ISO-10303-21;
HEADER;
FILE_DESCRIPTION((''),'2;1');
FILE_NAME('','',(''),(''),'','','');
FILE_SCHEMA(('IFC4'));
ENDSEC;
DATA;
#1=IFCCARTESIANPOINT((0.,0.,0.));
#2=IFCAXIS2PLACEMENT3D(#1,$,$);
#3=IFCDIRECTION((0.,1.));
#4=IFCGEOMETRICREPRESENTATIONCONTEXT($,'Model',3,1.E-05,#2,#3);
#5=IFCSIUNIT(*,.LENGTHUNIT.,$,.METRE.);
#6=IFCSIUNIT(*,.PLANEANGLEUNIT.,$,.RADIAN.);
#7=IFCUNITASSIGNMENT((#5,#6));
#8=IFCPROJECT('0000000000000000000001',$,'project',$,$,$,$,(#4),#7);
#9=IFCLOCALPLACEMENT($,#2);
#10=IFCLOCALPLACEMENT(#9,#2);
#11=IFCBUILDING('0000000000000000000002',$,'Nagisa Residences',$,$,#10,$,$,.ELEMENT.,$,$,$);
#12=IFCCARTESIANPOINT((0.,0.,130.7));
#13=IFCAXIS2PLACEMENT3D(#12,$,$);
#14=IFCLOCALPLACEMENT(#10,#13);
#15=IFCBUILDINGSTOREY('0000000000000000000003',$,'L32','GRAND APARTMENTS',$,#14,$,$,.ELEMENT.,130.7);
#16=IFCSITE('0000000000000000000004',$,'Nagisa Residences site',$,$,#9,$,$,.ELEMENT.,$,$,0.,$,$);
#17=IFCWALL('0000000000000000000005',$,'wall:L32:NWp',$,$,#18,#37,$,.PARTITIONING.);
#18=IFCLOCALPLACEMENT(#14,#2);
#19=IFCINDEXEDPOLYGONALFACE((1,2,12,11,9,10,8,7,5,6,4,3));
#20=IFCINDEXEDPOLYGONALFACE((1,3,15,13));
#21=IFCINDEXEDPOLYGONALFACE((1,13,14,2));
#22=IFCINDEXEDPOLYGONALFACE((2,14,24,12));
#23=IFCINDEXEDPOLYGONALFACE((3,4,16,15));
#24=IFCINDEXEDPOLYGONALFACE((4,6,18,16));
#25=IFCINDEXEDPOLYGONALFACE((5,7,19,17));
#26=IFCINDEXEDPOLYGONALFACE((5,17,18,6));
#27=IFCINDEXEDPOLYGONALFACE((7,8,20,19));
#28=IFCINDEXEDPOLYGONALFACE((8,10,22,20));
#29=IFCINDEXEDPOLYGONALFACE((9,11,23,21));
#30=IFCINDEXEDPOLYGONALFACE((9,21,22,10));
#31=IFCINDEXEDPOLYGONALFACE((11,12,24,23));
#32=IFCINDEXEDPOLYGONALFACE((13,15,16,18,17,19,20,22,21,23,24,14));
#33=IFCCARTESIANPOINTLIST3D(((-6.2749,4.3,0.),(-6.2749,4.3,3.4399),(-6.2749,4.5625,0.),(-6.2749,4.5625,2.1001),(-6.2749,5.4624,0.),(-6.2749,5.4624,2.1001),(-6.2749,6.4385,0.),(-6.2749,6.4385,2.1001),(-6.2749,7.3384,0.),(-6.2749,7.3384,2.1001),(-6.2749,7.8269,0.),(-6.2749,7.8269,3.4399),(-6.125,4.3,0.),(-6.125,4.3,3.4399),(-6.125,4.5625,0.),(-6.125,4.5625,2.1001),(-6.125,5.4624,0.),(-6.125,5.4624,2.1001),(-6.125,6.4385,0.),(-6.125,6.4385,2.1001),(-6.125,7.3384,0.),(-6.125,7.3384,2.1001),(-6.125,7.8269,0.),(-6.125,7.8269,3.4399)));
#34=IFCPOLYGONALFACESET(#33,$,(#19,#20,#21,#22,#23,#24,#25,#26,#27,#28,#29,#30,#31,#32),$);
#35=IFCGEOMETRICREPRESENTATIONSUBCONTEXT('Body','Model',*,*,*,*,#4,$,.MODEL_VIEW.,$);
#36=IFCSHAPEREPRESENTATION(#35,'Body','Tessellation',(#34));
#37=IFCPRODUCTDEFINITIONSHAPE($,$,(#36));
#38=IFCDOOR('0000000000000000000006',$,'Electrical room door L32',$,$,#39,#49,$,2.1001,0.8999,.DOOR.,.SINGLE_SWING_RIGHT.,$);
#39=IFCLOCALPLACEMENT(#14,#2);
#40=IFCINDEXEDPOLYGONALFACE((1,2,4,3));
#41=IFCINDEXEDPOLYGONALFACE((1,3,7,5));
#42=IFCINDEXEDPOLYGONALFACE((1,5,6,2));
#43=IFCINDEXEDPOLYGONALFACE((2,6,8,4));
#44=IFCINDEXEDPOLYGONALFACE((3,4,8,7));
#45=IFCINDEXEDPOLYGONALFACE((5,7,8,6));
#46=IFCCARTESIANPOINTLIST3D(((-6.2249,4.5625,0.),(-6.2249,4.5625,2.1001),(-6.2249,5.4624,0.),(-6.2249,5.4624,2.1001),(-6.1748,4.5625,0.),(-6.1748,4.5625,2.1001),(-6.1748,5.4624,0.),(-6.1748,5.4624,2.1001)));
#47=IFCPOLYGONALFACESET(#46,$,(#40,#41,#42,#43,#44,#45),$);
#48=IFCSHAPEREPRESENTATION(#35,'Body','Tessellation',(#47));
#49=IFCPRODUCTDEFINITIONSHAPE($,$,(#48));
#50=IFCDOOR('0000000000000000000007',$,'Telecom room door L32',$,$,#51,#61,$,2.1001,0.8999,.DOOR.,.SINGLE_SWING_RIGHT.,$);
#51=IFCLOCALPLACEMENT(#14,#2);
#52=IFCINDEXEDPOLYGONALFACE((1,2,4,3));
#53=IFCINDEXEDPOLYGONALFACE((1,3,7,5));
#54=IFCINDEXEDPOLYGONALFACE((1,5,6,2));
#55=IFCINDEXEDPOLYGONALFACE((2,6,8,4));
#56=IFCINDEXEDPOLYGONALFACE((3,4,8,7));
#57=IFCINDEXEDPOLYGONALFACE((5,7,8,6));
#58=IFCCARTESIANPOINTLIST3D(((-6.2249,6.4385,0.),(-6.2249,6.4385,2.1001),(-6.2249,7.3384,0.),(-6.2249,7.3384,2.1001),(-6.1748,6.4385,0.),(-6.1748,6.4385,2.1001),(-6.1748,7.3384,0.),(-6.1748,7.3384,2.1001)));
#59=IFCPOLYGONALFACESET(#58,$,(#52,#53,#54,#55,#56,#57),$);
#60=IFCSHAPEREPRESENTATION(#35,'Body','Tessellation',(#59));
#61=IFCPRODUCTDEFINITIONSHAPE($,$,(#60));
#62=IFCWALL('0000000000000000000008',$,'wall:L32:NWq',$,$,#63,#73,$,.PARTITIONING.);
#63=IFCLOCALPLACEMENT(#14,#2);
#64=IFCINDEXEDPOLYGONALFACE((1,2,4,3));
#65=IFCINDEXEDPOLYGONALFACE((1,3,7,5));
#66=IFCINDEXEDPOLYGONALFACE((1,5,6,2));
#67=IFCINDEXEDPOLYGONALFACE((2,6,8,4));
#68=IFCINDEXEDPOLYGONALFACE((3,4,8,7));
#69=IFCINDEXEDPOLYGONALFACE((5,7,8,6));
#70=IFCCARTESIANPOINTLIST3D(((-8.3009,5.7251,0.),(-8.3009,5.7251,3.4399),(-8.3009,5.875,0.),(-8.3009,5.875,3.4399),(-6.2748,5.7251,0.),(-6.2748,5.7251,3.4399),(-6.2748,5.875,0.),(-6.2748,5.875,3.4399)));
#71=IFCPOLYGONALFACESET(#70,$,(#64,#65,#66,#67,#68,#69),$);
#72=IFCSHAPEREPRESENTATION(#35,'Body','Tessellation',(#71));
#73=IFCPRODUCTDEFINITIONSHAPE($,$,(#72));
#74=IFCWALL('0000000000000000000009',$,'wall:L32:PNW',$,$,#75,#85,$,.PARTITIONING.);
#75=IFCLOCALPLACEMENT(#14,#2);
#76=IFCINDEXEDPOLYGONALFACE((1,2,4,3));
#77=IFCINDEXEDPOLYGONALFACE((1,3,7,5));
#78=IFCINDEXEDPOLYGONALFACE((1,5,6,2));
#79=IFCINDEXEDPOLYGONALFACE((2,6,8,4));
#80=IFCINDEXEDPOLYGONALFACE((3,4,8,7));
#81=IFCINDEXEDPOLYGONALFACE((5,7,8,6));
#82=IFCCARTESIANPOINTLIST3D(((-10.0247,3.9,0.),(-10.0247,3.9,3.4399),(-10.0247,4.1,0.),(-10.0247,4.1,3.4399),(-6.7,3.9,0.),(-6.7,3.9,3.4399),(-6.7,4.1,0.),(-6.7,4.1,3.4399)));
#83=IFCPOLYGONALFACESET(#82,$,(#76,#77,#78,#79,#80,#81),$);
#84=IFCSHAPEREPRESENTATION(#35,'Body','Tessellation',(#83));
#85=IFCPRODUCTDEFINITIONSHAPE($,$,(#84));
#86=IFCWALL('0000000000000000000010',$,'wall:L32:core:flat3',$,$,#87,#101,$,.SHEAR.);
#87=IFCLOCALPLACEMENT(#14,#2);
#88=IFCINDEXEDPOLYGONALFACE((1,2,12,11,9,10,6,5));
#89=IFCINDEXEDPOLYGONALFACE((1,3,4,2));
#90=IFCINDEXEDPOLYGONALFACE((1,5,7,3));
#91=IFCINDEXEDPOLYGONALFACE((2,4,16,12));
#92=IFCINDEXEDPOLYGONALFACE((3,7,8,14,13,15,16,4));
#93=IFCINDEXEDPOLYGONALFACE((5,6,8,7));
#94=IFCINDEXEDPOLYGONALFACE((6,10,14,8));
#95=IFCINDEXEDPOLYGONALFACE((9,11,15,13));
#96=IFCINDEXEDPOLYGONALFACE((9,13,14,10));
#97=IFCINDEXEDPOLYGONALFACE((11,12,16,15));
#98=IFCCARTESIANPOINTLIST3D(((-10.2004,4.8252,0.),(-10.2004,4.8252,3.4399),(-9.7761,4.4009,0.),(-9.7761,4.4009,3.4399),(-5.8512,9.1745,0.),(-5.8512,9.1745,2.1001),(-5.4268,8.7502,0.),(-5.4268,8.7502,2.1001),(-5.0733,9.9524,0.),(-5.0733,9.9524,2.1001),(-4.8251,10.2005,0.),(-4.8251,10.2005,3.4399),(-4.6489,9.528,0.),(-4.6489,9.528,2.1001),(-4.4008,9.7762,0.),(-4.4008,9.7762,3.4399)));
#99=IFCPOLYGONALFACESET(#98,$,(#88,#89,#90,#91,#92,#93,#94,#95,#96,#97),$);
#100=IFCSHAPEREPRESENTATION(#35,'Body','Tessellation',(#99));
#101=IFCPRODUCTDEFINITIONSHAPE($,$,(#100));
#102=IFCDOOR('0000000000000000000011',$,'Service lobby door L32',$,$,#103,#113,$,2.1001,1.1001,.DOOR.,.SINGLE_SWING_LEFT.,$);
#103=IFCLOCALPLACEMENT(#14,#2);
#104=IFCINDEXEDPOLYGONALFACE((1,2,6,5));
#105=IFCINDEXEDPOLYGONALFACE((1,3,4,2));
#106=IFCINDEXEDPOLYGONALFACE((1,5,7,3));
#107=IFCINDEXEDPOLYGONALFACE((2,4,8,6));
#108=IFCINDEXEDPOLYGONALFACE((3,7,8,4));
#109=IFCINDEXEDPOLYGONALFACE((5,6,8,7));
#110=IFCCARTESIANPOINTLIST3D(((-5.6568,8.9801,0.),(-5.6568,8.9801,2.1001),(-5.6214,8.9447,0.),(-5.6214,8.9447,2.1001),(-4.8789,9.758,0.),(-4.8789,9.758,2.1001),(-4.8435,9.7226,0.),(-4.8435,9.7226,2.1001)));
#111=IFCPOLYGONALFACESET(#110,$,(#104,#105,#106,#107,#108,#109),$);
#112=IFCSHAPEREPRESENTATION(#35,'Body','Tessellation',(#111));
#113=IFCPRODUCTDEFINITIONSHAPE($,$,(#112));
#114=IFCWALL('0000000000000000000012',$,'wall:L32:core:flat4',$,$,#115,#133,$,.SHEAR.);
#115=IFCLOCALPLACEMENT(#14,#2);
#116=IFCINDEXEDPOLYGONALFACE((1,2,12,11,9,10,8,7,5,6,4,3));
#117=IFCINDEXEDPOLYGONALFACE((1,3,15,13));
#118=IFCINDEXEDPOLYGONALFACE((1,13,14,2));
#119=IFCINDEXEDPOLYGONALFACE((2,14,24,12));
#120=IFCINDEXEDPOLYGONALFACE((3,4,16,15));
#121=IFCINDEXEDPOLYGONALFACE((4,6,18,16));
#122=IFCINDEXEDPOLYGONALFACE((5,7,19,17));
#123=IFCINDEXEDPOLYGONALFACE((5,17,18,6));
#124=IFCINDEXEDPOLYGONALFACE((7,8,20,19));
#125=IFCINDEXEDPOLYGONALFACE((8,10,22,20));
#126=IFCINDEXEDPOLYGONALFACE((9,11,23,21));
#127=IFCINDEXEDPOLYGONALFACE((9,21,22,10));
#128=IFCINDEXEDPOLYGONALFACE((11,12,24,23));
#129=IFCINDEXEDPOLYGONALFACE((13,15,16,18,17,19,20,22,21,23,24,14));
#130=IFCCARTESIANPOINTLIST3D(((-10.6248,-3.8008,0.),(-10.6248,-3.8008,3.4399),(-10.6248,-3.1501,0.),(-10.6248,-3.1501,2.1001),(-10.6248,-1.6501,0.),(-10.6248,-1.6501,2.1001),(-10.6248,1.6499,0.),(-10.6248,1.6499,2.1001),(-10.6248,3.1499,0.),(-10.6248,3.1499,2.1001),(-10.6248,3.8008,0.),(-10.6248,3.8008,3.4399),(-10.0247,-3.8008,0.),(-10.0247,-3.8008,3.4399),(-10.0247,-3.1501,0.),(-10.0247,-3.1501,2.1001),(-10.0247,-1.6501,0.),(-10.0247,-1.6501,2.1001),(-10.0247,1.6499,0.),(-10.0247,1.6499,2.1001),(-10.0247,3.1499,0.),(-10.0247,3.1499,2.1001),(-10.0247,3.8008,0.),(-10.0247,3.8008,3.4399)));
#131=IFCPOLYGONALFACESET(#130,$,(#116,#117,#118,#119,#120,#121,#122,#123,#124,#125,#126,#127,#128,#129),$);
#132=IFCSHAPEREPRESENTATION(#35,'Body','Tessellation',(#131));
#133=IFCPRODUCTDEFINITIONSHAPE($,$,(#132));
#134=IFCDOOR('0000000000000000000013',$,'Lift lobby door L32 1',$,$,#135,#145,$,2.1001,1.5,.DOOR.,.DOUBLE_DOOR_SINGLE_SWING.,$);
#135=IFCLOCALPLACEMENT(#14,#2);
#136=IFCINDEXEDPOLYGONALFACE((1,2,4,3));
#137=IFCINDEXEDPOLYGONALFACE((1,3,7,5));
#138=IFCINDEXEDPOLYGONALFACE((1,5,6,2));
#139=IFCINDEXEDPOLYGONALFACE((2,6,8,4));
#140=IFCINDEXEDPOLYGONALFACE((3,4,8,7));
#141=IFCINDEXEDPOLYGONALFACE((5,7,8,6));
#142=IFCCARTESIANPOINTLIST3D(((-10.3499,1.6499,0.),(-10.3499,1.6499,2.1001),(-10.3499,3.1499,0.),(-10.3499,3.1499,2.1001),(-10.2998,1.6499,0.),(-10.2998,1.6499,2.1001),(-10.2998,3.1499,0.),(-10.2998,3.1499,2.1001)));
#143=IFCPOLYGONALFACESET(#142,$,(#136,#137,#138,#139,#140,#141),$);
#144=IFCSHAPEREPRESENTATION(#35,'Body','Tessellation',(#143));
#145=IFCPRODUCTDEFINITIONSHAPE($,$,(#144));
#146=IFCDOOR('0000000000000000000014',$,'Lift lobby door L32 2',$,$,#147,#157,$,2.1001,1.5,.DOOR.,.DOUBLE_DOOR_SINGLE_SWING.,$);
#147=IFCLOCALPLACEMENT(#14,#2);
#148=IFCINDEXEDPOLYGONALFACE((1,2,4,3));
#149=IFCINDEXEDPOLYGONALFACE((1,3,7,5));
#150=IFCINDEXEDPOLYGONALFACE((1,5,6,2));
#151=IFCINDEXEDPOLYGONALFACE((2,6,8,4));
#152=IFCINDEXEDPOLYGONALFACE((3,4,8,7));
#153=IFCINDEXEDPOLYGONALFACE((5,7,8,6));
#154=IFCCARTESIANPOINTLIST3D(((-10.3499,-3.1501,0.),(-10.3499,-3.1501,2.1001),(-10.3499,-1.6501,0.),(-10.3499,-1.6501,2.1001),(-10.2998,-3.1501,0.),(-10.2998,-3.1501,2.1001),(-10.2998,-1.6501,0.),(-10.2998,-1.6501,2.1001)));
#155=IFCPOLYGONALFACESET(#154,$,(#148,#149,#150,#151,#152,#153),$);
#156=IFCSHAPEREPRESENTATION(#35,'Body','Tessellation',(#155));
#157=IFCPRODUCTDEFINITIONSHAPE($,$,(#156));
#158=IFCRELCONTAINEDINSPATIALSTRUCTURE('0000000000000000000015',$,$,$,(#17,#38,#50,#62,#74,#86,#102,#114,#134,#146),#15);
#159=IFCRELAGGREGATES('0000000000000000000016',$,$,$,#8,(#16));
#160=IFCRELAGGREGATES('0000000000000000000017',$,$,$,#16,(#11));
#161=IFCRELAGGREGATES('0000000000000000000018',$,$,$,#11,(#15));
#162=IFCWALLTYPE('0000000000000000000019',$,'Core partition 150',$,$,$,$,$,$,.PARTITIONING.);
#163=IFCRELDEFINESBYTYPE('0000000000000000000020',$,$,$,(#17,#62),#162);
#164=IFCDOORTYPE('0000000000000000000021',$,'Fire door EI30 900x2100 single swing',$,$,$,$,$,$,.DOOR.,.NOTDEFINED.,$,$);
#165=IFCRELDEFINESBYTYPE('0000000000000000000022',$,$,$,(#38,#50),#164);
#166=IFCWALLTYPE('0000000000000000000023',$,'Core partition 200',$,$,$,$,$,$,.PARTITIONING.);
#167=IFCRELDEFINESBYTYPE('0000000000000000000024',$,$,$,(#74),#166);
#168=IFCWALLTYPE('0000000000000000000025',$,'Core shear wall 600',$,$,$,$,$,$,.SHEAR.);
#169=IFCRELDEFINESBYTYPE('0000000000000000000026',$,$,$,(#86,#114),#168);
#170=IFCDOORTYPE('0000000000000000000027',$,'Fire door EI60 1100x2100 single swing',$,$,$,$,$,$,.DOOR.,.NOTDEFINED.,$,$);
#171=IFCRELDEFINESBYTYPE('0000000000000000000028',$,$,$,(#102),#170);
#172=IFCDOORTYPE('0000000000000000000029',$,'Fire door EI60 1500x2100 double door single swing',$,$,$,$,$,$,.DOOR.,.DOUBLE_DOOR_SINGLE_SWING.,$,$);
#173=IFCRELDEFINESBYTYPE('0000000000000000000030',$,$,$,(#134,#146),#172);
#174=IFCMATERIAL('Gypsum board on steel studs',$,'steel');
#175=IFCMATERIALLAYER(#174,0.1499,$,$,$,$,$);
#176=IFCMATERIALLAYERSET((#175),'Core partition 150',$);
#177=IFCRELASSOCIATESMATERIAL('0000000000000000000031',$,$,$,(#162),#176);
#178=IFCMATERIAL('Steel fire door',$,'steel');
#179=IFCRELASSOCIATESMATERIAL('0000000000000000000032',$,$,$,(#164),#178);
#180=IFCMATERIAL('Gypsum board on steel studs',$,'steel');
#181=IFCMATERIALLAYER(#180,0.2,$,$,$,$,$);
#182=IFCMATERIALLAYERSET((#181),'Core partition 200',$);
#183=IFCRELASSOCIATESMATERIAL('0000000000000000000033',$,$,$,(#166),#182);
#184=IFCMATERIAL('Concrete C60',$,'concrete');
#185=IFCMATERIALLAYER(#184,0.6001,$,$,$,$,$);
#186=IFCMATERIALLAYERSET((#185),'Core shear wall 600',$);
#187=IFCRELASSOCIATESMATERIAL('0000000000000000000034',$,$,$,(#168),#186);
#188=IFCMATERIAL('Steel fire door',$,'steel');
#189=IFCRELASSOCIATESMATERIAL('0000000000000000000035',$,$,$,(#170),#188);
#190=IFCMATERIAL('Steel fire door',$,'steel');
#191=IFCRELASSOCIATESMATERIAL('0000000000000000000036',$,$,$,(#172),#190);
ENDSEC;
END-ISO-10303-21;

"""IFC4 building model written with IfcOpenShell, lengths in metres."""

from ifc_helpers import new_model, si_unit, direction, frame, frame_2d, origin, place, context, subcontext, project, spatial, rectangle, extrude, material, layer, layer_set, type_object, element, fill, save


model = new_model("IFC4")

# Units and contexts
model_context = context("Model", 3, precision=1e-05, world=origin(), true_north=direction((0.0, 1.0)))
body_context = subcontext(model_context, "Body", "Model", "MODEL_VIEW")
ifc_project = project(units=[si_unit("LENGTHUNIT", "METRE"), si_unit("PLANEANGLEUNIT", "RADIAN")], contexts=[model_context])

# Site, building, storey
site_placement = place(None, origin())
site = spatial("IfcSite", under=ifc_project, at=site_placement, Name="Nagisa Residences site", CompositionType="ELEMENT", RefElevation=0.0)
building_placement = place(site_placement, origin())
building = spatial("IfcBuilding", under=site, at=building_placement, Name="Nagisa Residences", CompositionType="ELEMENT")
storey_placement = place(building_placement, frame((0.0, 0.0, 130.7)))
storey = spatial("IfcBuildingStorey", under=building, at=storey_placement, Name="L32", Description="GRAND APARTMENTS", CompositionType="ELEMENT", Elevation=130.7)

# Wall, openings, doors
ifc_material_1 = material(Name="Gypsum board on steel studs", Category="steel")
ifc_layer_1 = layer(ifc_material_1, 0.1499)
ifc_layer_set_1 = layer_set([ifc_layer_1], Name="Core partition 150")
wall_type_1 = type_object("IfcWallType", Name="Core partition 150", PredefinedType="PARTITIONING", material=ifc_layer_set_1)
wall_1_placement = place(storey_placement, frame((-6.2, 4.3, 0.0), z_axis=(0.0, 0.0, 1.0), x_axis=(0.0, 1.0, 0.0)))
wall_1 = element("IfcWall", 1, at=wall_1_placement, inside=storey, type_object=wall_type_1, Name="wall:L32:NWp", PredefinedType="PARTITIONING", context=body_context, shape_type="SweptSolid", body=[
    extrude(rectangle(XDim=3.5269, YDim=0.1499, at=frame_2d((1.7634, 0.0))), origin(), (0.0, 0.0, 1.0), 3.4399),
])
opening_1_placement = place(wall_1_placement, frame((0.2625, 0.0, 0.0)))
opening_1 = element("IfcOpeningElement", 2, at=opening_1_placement, cuts=wall_1, PredefinedType="OPENING", context=body_context, shape_type="SweptSolid", body=[
    extrude(rectangle(XDim=0.8999, YDim=2.1001, at=frame_2d((0.45, 1.05))), frame((0.0, 0.085, 0.0), z_axis=(0.0, -1.0, 0.0), x_axis=(1.0, 0.0, 0.0)), (0.0, 0.0, 1.0), 0.1699),
])
opening_2_placement = place(wall_1_placement, frame((2.1384, 0.0, 0.0)))
opening_2 = element("IfcOpeningElement", 3, at=opening_2_placement, cuts=wall_1, PredefinedType="OPENING", context=body_context, shape_type="SweptSolid", body=[
    extrude(rectangle(XDim=0.8999, YDim=2.1001, at=frame_2d((0.45, 1.05))), frame((0.0, 0.085, 0.0), z_axis=(0.0, -1.0, 0.0), x_axis=(1.0, 0.0, 0.0)), (0.0, 0.0, 1.0), 0.1699),
])
ifc_material_2 = material(Name="Steel fire door", Category="steel")
door_type_1 = type_object("IfcDoorType", Name="Fire door EI30 900x2100 single swing", OperationType="NOTDEFINED", PredefinedType="DOOR", material=ifc_material_2)
door_1_placement = place(opening_1_placement, origin())
door_1 = element("IfcDoor", 4, at=door_1_placement, inside=storey, type_object=door_type_1, Name="Electrical room door L32", OperationType="SINGLE_SWING_RIGHT", OverallHeight=2.1001, OverallWidth=0.8999, PredefinedType="DOOR", context=body_context, shape_type="SweptSolid", body=[
    extrude(rectangle(XDim=0.8999, YDim=2.1001, at=frame_2d((0.45, 1.05))), frame((0.0, 0.0249, 0.0), z_axis=(0.0, -1.0, 0.0), x_axis=(1.0, 0.0, 0.0)), (0.0, 0.0, 1.0), 0.05),
])
fill(opening_1, door_1)
door_2_placement = place(opening_2_placement, origin())
door_2 = element("IfcDoor", 5, at=door_2_placement, inside=storey, type_object=door_type_1, Name="Telecom room door L32", OperationType="SINGLE_SWING_RIGHT", OverallHeight=2.1001, OverallWidth=0.8999, PredefinedType="DOOR", context=body_context, shape_type="SweptSolid", body=[
    extrude(rectangle(XDim=0.8999, YDim=2.1001, at=frame_2d((0.45, 1.05))), frame((0.0, 0.0249, 0.0), z_axis=(0.0, -1.0, 0.0), x_axis=(1.0, 0.0, 0.0)), (0.0, 0.0, 1.0), 0.05),
])
fill(opening_2, door_2)

# Walls
wall_2_placement = place(storey_placement, frame((-8.301, 5.8, 0.0), z_axis=(0.0, 0.0, 1.0), x_axis=(1.0, 0.0, 0.0)))
element("IfcWall", 6, at=wall_2_placement, inside=storey, type_object=wall_type_1, Name="wall:L32:NWq", PredefinedType="PARTITIONING", context=body_context, shape_type="SweptSolid", body=[
    extrude(rectangle(XDim=2.0261, YDim=0.1499, at=frame_2d((1.0132, 0.0))), origin(), (0.0, 0.0, 1.0), 3.4399),
])
ifc_material_3 = material(Name="Gypsum board on steel studs", Category="steel")
ifc_layer_2 = layer(ifc_material_3, 0.2)
ifc_layer_set_2 = layer_set([ifc_layer_2], Name="Core partition 200")
wall_type_2 = type_object("IfcWallType", Name="Core partition 200", PredefinedType="PARTITIONING", material=ifc_layer_set_2)
wall_3_placement = place(storey_placement, frame((-10.0247, 4.0, 0.0), z_axis=(0.0, 0.0, 1.0), x_axis=(1.0, 0.0, 0.0)))
element("IfcWall", 7, at=wall_3_placement, inside=storey, type_object=wall_type_2, Name="wall:L32:PNW", PredefinedType="PARTITIONING", context=body_context, shape_type="SweptSolid", body=[
    extrude(rectangle(XDim=3.3247, YDim=0.2, at=frame_2d((1.6624, 0.0))), origin(), (0.0, 0.0, 1.0), 3.4399),
])

# Wall, opening, door
ifc_material_4 = material(Name="Concrete C60", Category="concrete")
ifc_layer_3 = layer(ifc_material_4, 0.6001)
ifc_layer_set_3 = layer_set([ifc_layer_3], Name="Core shear wall 600")
wall_type_3 = type_object("IfcWallType", Name="Core shear wall 600", PredefinedType="SHEAR", material=ifc_layer_set_3)
wall_4_placement = place(storey_placement, frame((-4.613, 9.9883, 0.0), z_axis=(0.0, 0.0, 1.0), x_axis=(-0.707107, -0.707107, 0.0)))
wall_4 = element("IfcWall", 8, at=wall_4_placement, inside=storey, type_object=wall_type_3, Name="wall:L32:core:flat3", PredefinedType="SHEAR", context=body_context, shape_type="SweptSolid", body=[
    extrude(rectangle(XDim=7.6018, YDim=0.6001, at=frame_2d((3.8008, 0.0))), origin(), (0.0, 0.0, 1.0), 3.4399),
])
opening_3_placement = place(wall_4_placement, frame((0.3508, 0.0, 0.0)))
opening_3 = element("IfcOpeningElement", 9, at=opening_3_placement, cuts=wall_4, PredefinedType="OPENING", context=body_context, shape_type="SweptSolid", body=[
    extrude(rectangle(XDim=1.1001, YDim=2.1001, at=frame_2d((0.55, 1.05))), frame((0.0, 0.3101, 0.0), z_axis=(0.0, -1.0, 0.0), x_axis=(1.0, 0.0, 0.0)), (0.0, 0.0, 1.0), 0.6201),
])
ifc_material_5 = material(Name="Steel fire door", Category="steel")
door_type_2 = type_object("IfcDoorType", Name="Fire door EI60 1100x2100 single swing", OperationType="NOTDEFINED", PredefinedType="DOOR", material=ifc_material_5)
door_3_placement = place(opening_3_placement, origin())
door_3 = element("IfcDoor", 10, at=door_3_placement, inside=storey, type_object=door_type_2, Name="Service lobby door L32", OperationType="SINGLE_SWING_LEFT", OverallHeight=2.1001, OverallWidth=1.1001, PredefinedType="DOOR", context=body_context, shape_type="SweptSolid", body=[
    extrude(rectangle(XDim=1.1001, YDim=2.1001, at=frame_2d((0.55, 1.05))), frame((0.0, 0.0249, 0.0), z_axis=(0.0, -1.0, 0.0), x_axis=(1.0, 0.0, 0.0)), (0.0, 0.0, 1.0), 0.05),
])
fill(opening_3, door_3)

# Wall, openings, doors
wall_5_placement = place(storey_placement, frame((-10.3247, 3.8008, 0.0), z_axis=(0.0, 0.0, 1.0), x_axis=(0.0, -1.0, 0.0)))
wall_5 = element("IfcWall", 11, at=wall_5_placement, inside=storey, type_object=wall_type_3, Name="wall:L32:core:flat4", PredefinedType="SHEAR", context=body_context, shape_type="SweptSolid", body=[
    extrude(rectangle(XDim=7.6016, YDim=0.6001, at=frame_2d((3.8008, 0.0))), origin(), (0.0, 0.0, 1.0), 3.4399),
])
opening_4_placement = place(wall_5_placement, frame((0.6509, 0.0, 0.0)))
opening_4 = element("IfcOpeningElement", 12, at=opening_4_placement, cuts=wall_5, PredefinedType="OPENING", context=body_context, shape_type="SweptSolid", body=[
    extrude(rectangle(XDim=1.5, YDim=2.1001, at=frame_2d((0.75, 1.05))), frame((0.0, 0.3101, 0.0), z_axis=(0.0, -1.0, 0.0), x_axis=(1.0, 0.0, 0.0)), (0.0, 0.0, 1.0), 0.6201),
])
opening_5_placement = place(wall_5_placement, frame((5.4509, 0.0, 0.0)))
opening_5 = element("IfcOpeningElement", 13, at=opening_5_placement, cuts=wall_5, PredefinedType="OPENING", context=body_context, shape_type="SweptSolid", body=[
    extrude(rectangle(XDim=1.5, YDim=2.1001, at=frame_2d((0.75, 1.05))), frame((0.0, 0.3101, 0.0), z_axis=(0.0, -1.0, 0.0), x_axis=(1.0, 0.0, 0.0)), (0.0, 0.0, 1.0), 0.6201),
])
ifc_material_6 = material(Name="Steel fire door", Category="steel")
door_type_3 = type_object("IfcDoorType", Name="Fire door EI60 1500x2100 double door single swing", OperationType="DOUBLE_DOOR_SINGLE_SWING", PredefinedType="DOOR", material=ifc_material_6)
door_4_placement = place(opening_4_placement, origin())
door_4 = element("IfcDoor", 14, at=door_4_placement, inside=storey, type_object=door_type_3, Name="Lift lobby door L32 1", OperationType="DOUBLE_DOOR_SINGLE_SWING", OverallHeight=2.1001, OverallWidth=1.5, PredefinedType="DOOR", context=body_context, shape_type="SweptSolid", body=[
    extrude(rectangle(XDim=1.5, YDim=2.1001, at=frame_2d((0.75, 1.05))), frame((0.0, 0.0249, 0.0), z_axis=(0.0, -1.0, 0.0), x_axis=(1.0, 0.0, 0.0)), (0.0, 0.0, 1.0), 0.05),
])
fill(opening_4, door_4)
door_5_placement = place(opening_5_placement, origin())
door_5 = element("IfcDoor", 15, at=door_5_placement, inside=storey, type_object=door_type_3, Name="Lift lobby door L32 2", OperationType="DOUBLE_DOOR_SINGLE_SWING", OverallHeight=2.1001, OverallWidth=1.5, PredefinedType="DOOR", context=body_context, shape_type="SweptSolid", body=[
    extrude(rectangle(XDim=1.5, YDim=2.1001, at=frame_2d((0.75, 1.05))), frame((0.0, 0.0249, 0.0), z_axis=(0.0, -1.0, 0.0), x_axis=(1.0, 0.0, 0.0)), (0.0, 0.0, 1.0), 0.05),
])
fill(opening_5, door_5)

save(model, "model.ifc")
